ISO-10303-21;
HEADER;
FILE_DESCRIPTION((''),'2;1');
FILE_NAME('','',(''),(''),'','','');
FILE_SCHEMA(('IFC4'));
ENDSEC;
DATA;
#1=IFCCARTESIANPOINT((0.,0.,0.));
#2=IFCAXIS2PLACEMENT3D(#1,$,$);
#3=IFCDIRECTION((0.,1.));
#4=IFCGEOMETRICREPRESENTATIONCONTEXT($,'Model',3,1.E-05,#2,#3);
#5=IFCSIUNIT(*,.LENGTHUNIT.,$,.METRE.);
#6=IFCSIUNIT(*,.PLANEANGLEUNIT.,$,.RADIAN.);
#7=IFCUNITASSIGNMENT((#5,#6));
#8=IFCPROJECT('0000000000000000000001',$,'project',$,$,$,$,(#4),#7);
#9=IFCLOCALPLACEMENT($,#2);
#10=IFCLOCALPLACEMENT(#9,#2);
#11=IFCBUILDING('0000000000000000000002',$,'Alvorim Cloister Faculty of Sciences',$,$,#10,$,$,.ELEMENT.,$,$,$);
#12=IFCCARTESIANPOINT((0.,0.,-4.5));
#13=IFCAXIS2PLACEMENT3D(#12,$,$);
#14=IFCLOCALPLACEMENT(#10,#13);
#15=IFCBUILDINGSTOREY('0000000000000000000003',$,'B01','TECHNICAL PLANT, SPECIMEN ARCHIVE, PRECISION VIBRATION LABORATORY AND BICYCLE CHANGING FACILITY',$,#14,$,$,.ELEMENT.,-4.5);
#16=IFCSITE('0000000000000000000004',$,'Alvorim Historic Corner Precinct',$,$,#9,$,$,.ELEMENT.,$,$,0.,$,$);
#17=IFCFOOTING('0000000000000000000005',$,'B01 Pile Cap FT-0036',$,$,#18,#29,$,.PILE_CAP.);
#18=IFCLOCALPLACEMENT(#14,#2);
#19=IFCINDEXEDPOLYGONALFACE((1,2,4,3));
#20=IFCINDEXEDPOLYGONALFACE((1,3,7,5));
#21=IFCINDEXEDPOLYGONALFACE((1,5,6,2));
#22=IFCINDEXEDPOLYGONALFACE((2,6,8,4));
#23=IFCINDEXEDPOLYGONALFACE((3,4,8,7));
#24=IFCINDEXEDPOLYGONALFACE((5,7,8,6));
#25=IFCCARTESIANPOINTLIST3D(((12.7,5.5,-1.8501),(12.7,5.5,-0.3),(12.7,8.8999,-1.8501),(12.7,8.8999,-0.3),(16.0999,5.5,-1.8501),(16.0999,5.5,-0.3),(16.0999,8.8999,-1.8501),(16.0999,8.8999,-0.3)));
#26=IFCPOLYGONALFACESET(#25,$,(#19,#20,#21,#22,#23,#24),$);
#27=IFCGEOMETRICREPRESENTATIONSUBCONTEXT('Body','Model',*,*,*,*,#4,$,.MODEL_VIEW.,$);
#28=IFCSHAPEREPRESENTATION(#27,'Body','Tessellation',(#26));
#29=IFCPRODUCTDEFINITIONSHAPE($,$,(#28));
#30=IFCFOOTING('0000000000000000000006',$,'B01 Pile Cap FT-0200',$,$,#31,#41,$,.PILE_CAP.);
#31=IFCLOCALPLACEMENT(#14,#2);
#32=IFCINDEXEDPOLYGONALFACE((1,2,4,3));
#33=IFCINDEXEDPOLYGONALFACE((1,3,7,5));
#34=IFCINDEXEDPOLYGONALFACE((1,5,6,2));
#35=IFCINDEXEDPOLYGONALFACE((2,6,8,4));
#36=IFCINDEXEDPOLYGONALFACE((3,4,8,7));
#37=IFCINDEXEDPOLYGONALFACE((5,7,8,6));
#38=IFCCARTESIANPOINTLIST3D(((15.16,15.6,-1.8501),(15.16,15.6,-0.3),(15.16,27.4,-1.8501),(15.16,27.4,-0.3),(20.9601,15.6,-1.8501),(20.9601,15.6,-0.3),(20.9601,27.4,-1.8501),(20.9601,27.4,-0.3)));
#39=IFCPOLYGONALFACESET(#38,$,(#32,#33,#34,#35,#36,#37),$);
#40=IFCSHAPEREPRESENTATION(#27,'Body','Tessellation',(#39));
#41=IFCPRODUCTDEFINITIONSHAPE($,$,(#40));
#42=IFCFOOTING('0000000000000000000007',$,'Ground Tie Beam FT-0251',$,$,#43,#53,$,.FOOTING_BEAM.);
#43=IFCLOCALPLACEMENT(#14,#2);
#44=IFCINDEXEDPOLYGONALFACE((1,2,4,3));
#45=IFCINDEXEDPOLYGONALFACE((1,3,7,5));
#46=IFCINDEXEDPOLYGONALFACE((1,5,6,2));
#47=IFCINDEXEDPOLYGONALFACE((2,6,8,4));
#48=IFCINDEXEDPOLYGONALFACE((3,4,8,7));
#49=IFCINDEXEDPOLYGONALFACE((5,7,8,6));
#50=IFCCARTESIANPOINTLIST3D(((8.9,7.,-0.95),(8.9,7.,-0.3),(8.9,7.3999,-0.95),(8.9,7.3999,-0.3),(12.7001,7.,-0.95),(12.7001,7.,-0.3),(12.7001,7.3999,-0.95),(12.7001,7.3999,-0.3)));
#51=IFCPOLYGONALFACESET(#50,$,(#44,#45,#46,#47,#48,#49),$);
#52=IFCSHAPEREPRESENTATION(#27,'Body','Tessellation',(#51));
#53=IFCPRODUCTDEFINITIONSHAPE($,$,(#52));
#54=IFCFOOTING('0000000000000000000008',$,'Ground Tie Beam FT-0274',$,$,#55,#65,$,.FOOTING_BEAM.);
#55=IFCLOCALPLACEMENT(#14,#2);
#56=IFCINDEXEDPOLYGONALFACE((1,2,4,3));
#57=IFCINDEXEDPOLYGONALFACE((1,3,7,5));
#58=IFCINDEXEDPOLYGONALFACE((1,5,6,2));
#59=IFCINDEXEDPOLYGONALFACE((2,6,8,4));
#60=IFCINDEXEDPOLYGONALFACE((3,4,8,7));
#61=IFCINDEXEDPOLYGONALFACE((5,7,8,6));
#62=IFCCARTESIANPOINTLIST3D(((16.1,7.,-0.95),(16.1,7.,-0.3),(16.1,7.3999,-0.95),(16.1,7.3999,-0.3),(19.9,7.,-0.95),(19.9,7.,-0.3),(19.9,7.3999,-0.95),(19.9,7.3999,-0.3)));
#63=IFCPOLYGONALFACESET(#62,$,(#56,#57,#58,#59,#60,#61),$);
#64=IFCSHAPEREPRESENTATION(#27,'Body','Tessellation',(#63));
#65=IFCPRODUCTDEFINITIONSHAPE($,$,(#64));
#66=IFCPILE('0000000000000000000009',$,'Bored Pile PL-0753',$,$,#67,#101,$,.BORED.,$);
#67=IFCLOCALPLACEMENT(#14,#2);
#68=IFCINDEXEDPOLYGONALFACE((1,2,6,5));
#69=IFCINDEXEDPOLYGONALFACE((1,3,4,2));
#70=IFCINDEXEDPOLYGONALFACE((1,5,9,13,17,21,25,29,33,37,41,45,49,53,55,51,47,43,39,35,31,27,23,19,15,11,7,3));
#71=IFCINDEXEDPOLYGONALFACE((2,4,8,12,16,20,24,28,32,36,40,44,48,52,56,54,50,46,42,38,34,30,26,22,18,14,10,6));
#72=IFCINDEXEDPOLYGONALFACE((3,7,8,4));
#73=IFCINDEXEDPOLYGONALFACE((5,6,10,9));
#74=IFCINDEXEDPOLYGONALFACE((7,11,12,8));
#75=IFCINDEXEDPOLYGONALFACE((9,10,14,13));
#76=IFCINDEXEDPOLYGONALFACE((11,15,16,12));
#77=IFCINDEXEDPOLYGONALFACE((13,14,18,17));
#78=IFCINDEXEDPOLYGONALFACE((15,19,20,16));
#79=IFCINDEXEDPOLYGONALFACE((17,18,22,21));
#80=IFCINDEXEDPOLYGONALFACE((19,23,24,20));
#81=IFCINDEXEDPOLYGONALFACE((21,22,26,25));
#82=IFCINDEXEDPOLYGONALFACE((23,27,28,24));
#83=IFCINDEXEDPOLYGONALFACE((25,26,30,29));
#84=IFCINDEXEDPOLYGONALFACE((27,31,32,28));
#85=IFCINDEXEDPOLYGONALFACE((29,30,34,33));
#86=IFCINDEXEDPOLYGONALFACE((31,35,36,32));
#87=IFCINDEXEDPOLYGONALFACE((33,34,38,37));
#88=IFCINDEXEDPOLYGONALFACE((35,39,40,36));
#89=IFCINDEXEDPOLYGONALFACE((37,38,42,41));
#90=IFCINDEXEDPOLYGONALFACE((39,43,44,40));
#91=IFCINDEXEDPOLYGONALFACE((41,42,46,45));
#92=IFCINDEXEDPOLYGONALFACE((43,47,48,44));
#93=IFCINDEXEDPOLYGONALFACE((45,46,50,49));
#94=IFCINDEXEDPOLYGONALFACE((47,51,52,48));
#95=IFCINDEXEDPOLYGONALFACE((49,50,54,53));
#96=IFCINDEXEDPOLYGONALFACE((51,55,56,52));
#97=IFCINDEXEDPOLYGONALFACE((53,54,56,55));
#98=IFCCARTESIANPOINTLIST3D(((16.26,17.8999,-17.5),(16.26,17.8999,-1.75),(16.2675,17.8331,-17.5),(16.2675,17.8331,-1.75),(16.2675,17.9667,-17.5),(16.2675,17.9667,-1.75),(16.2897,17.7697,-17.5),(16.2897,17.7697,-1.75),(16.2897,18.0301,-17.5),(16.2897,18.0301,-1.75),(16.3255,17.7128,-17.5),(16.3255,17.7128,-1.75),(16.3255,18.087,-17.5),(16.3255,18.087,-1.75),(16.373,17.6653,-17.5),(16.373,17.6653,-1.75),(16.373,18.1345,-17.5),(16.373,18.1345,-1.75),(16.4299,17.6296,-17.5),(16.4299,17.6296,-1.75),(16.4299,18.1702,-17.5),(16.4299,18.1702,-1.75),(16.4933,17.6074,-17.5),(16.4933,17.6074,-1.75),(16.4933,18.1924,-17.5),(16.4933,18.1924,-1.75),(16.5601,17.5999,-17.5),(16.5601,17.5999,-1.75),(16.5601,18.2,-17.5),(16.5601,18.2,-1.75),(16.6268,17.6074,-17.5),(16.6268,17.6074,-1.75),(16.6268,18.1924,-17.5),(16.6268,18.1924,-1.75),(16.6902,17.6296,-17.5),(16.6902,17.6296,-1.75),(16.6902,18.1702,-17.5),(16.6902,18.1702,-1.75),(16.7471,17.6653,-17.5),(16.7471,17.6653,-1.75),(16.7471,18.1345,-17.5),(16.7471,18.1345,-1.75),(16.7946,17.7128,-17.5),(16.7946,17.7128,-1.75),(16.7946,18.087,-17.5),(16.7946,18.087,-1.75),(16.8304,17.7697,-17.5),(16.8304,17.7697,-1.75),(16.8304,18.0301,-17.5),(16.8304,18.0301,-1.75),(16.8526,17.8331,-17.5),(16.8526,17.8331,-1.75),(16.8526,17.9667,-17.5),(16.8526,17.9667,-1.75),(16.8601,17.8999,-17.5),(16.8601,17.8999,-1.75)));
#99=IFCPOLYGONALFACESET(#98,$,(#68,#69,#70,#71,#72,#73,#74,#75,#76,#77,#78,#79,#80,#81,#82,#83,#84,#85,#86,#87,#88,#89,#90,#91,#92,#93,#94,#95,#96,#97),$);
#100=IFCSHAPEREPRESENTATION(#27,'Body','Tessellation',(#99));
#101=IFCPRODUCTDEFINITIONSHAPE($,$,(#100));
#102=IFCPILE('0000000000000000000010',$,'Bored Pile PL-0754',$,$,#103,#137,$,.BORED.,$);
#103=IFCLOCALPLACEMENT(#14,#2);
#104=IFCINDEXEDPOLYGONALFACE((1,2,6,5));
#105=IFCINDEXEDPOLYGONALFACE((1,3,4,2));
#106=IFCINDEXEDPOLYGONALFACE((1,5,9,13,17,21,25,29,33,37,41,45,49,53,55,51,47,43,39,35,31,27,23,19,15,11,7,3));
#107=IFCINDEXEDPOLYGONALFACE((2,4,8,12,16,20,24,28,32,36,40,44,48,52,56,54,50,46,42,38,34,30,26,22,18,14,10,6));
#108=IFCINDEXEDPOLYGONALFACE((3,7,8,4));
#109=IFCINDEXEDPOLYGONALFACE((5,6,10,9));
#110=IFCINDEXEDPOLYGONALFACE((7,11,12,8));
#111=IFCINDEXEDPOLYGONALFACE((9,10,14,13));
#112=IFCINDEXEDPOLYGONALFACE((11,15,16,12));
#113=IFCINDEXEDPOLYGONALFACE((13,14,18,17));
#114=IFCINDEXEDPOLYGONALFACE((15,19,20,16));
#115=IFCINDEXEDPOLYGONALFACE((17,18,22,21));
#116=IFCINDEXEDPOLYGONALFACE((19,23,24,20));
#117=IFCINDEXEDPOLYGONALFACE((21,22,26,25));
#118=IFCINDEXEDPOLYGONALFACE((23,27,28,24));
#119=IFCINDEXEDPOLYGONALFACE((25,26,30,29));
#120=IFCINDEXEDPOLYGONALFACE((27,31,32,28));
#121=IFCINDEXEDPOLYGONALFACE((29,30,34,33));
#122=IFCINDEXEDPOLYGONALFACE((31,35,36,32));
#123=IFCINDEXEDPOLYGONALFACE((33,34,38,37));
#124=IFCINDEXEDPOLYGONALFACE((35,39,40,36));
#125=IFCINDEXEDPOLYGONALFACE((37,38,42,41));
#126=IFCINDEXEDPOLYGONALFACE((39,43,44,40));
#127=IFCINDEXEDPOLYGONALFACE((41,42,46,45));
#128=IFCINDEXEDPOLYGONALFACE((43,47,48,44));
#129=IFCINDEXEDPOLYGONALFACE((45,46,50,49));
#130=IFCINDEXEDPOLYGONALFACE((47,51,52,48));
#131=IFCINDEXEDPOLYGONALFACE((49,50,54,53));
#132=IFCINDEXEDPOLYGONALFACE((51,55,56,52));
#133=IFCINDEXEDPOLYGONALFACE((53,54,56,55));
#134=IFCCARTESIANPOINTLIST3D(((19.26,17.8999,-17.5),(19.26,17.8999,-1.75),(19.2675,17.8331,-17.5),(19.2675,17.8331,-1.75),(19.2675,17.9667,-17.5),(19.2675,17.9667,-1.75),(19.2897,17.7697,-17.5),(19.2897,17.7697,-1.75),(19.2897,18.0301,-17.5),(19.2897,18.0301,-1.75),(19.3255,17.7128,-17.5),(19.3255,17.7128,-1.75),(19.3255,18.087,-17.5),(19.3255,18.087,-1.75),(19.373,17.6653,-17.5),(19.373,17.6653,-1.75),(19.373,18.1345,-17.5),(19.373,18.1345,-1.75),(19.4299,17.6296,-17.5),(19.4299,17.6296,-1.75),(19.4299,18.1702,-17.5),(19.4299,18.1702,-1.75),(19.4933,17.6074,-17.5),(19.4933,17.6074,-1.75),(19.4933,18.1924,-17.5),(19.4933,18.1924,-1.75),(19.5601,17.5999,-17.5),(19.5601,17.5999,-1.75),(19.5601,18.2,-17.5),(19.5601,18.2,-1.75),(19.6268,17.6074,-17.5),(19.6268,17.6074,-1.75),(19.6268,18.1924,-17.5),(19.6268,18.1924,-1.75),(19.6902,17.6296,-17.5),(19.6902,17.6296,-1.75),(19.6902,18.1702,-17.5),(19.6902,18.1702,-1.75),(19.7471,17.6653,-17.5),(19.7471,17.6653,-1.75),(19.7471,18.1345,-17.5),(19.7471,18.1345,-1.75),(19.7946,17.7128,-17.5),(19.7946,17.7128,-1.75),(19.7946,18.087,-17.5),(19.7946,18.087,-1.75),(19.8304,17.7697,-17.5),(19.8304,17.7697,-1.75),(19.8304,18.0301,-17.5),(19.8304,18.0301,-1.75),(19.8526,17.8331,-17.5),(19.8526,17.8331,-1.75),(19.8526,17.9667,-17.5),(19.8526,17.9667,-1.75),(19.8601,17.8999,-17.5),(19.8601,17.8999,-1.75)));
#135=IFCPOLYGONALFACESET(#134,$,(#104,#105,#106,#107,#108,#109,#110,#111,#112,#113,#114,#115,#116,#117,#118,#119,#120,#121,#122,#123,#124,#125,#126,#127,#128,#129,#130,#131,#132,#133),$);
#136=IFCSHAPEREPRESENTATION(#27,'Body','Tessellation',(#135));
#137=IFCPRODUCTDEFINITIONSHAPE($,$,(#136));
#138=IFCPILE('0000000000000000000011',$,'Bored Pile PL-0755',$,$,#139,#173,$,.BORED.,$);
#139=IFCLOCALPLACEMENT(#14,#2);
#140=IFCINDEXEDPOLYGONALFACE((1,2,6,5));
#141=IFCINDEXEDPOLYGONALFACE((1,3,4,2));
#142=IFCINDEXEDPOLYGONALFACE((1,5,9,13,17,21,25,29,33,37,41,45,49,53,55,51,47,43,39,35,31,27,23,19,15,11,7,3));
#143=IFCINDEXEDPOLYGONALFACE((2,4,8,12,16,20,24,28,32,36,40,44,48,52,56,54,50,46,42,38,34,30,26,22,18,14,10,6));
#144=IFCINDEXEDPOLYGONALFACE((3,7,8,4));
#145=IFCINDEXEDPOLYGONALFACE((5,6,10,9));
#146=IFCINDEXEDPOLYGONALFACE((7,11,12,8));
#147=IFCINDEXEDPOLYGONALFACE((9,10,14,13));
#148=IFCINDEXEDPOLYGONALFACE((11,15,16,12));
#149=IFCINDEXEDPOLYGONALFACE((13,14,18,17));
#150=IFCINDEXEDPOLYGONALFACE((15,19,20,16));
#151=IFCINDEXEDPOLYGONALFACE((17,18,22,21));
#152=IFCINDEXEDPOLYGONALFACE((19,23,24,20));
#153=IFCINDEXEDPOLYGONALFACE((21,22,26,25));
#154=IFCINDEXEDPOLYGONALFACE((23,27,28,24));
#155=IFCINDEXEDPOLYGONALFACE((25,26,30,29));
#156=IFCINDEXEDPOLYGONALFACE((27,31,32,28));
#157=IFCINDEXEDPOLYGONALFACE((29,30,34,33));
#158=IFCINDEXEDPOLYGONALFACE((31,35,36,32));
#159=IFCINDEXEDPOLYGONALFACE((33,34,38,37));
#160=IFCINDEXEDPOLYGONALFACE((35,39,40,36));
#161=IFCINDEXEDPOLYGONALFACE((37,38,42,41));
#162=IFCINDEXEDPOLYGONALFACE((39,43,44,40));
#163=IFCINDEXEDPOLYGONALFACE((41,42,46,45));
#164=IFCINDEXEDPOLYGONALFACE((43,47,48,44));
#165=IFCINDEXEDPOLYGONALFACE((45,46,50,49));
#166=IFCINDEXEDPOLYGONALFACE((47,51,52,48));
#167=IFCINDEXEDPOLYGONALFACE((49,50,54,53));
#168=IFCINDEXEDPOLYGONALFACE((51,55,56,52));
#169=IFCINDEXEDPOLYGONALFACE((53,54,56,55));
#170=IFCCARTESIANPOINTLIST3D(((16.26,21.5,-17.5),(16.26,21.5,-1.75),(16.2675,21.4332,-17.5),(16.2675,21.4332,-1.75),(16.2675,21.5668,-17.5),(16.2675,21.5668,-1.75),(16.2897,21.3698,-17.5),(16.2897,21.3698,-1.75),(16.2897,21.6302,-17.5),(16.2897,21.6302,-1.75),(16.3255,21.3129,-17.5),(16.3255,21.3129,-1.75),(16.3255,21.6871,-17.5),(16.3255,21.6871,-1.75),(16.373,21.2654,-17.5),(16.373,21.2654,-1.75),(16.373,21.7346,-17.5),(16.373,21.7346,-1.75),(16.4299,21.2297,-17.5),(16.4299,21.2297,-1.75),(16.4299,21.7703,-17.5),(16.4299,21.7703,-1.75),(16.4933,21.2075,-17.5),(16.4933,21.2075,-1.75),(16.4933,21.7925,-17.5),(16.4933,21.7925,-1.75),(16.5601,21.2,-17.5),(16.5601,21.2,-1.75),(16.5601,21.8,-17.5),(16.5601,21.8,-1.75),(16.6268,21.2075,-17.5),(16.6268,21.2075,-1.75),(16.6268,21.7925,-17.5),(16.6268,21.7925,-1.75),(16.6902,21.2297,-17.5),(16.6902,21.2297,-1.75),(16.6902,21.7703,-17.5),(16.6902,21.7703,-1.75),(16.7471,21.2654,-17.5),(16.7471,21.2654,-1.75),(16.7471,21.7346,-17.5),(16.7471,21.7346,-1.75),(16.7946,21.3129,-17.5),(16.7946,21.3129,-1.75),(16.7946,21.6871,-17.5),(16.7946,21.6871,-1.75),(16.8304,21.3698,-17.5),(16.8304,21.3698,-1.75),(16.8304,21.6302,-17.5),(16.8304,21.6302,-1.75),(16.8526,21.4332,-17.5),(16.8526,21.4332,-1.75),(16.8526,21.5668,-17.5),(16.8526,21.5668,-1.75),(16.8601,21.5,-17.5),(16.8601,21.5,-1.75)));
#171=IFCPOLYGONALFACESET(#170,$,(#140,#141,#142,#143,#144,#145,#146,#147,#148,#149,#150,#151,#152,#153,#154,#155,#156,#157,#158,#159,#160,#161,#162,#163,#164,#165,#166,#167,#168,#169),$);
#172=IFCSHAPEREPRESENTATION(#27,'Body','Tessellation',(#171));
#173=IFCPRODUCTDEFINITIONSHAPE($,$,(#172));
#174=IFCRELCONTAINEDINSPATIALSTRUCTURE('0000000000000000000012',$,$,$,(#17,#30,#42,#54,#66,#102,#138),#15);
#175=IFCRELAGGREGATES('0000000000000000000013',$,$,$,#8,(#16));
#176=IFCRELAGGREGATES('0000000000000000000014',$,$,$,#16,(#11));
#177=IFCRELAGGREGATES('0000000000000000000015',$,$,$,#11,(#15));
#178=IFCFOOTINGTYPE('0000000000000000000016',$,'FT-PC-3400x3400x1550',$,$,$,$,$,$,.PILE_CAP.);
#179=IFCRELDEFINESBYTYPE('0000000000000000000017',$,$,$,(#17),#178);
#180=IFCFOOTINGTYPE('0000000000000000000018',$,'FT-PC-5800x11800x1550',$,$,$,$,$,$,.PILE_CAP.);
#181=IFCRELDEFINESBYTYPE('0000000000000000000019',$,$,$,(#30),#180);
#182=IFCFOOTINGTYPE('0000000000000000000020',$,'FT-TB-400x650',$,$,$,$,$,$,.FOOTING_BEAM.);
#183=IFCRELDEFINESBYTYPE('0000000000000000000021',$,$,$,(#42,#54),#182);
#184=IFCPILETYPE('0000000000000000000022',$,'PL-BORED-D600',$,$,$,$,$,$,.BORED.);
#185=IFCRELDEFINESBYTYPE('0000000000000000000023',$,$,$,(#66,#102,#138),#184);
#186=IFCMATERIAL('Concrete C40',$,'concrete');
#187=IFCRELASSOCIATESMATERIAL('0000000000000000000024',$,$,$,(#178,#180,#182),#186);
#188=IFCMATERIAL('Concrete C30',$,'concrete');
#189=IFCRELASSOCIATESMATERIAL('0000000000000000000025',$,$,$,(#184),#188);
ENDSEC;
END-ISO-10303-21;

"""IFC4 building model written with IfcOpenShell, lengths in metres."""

from ifc_helpers import new_model, si_unit, direction, frame, origin, origin_2d, place, context, subcontext, project, spatial, rectangle, circle, extrude, material, material_profile, profile_set, type_object, element, save


model = new_model("IFC4")

# Units and contexts
model_context = context("Model", 3, precision=1e-05, world=origin(), true_north=direction((0.0, 1.0)))
body_context = subcontext(model_context, "Body", "Model", "MODEL_VIEW")
ifc_project = project(units=[si_unit("LENGTHUNIT", "METRE"), si_unit("PLANEANGLEUNIT", "RADIAN")], contexts=[model_context])

# Site, building, storey
site_placement = place(None, origin())
site = spatial("IfcSite", under=ifc_project, at=site_placement, Name="Alvorim Historic Corner Precinct", CompositionType="ELEMENT", RefElevation=0.0)
building_placement = place(site_placement, origin())
building = spatial("IfcBuilding", under=site, at=building_placement, Name="Alvorim Cloister Faculty of Sciences", CompositionType="ELEMENT")
storey_placement = place(building_placement, frame((0.0, 0.0, -4.5)))
storey = spatial("IfcBuildingStorey", under=building, at=storey_placement, Name="B01", Description="TECHNICAL PLANT, SPECIMEN ARCHIVE, PRECISION VIBRATION LABORATORY AND BICYCLE CHANGING FACILITY", CompositionType="ELEMENT", Elevation=-4.5)

# Footings
ifc_material_1 = material(Name="Concrete C40", Category="concrete")
footing_type_1 = type_object("IfcFootingType", Name="FT-PC-3400x3400x1550", PredefinedType="PILE_CAP", material=ifc_material_1)
footing_1_placement = place(storey_placement, frame((14.3999, 7.2, -1.8501), z_axis=(0.0, 0.0, 1.0), x_axis=(1.0, 0.0, 0.0)))
element("IfcFooting", 1, at=footing_1_placement, inside=storey, type_object=footing_type_1, Name="B01 Pile Cap FT-0036", PredefinedType="PILE_CAP", context=body_context, shape_type="SweptSolid", body=[
    extrude(rectangle(XDim=3.3999, YDim=3.3999, at=origin_2d()), origin(), (0.0, 0.0, 1.0), 1.55),
])
footing_type_2 = type_object("IfcFootingType", Name="FT-PC-5800x11800x1550", PredefinedType="PILE_CAP", material=ifc_material_1)
footing_2_placement = place(storey_placement, frame((18.0601, 21.5, -1.8501), z_axis=(0.0, 0.0, 1.0), x_axis=(1.0, 0.0, 0.0)))
element("IfcFooting", 2, at=footing_2_placement, inside=storey, type_object=footing_type_2, Name="B01 Pile Cap FT-0200", PredefinedType="PILE_CAP", context=body_context, shape_type="SweptSolid", body=[
    extrude(rectangle(XDim=5.8, YDim=11.8, at=origin_2d()), origin(), (0.0, 0.0, 1.0), 1.55),
])
footing_type_3 = type_object("IfcFootingType", Name="FT-TB-400x650", PredefinedType="FOOTING_BEAM", material=ifc_material_1)
for number, where, z_axis, x_axis, name in (
    (3, (10.8, 7.2, -0.95), (0.0, 0.0, 1.0), (1.0, 0.0, 0.0), "Ground Tie Beam FT-0251"),
    (4, (18.0, 7.2, -0.95), (0.0, 0.0, 1.0), (1.0, 0.0, 0.0), "Ground Tie Beam FT-0274"),
):
    element("IfcFooting", number, at=place(storey_placement, frame(where, z_axis=z_axis, x_axis=x_axis)), inside=storey, type_object=footing_type_3, Name=name, PredefinedType="FOOTING_BEAM", context=body_context, shape_type="SweptSolid", body=[
        extrude(rectangle(XDim=3.8, YDim=0.3999, at=origin_2d()), origin(), (0.0, 0.0, 1.0), 0.6499),
    ])

# Piles
ifc_material_2 = material(Name="Concrete C30", Category="concrete")
ifc_material_profile_1 = material_profile(ifc_material_2, circle(Radius=0.3, at=origin_2d()), Name="PILE-D600")
ifc_profile_set_1 = profile_set([ifc_material_profile_1], Name="Concrete C30")
pile_type_1 = type_object("IfcPileType", Name="PL-BORED-D600", PredefinedType="BORED", material=ifc_profile_set_1)
for number, where, z_axis, x_axis, name in (
    (5, (16.5601, 17.8999, -1.75), (0.0, 0.0, -1.0), (1.0, 0.0, 0.0), "Bored Pile PL-0753"),
    (6, (19.5601, 17.8999, -1.75), (0.0, 0.0, -1.0), (1.0, 0.0, 0.0), "Bored Pile PL-0754"),
    (7, (16.5601, 21.5, -1.75), (0.0, 0.0, -1.0), (1.0, 0.0, 0.0), "Bored Pile PL-0755"),
):
    element("IfcPile", number, at=place(storey_placement, frame(where, z_axis=z_axis, x_axis=x_axis)), inside=storey, type_object=pile_type_1, Name=name, PredefinedType="BORED", context=body_context, shape_type="SweptSolid", body=[
        extrude(circle(Radius=0.3, at=origin_2d()), origin(), (0.0, 0.0, 1.0), 15.75),
    ])

save(model, "model.ifc")
